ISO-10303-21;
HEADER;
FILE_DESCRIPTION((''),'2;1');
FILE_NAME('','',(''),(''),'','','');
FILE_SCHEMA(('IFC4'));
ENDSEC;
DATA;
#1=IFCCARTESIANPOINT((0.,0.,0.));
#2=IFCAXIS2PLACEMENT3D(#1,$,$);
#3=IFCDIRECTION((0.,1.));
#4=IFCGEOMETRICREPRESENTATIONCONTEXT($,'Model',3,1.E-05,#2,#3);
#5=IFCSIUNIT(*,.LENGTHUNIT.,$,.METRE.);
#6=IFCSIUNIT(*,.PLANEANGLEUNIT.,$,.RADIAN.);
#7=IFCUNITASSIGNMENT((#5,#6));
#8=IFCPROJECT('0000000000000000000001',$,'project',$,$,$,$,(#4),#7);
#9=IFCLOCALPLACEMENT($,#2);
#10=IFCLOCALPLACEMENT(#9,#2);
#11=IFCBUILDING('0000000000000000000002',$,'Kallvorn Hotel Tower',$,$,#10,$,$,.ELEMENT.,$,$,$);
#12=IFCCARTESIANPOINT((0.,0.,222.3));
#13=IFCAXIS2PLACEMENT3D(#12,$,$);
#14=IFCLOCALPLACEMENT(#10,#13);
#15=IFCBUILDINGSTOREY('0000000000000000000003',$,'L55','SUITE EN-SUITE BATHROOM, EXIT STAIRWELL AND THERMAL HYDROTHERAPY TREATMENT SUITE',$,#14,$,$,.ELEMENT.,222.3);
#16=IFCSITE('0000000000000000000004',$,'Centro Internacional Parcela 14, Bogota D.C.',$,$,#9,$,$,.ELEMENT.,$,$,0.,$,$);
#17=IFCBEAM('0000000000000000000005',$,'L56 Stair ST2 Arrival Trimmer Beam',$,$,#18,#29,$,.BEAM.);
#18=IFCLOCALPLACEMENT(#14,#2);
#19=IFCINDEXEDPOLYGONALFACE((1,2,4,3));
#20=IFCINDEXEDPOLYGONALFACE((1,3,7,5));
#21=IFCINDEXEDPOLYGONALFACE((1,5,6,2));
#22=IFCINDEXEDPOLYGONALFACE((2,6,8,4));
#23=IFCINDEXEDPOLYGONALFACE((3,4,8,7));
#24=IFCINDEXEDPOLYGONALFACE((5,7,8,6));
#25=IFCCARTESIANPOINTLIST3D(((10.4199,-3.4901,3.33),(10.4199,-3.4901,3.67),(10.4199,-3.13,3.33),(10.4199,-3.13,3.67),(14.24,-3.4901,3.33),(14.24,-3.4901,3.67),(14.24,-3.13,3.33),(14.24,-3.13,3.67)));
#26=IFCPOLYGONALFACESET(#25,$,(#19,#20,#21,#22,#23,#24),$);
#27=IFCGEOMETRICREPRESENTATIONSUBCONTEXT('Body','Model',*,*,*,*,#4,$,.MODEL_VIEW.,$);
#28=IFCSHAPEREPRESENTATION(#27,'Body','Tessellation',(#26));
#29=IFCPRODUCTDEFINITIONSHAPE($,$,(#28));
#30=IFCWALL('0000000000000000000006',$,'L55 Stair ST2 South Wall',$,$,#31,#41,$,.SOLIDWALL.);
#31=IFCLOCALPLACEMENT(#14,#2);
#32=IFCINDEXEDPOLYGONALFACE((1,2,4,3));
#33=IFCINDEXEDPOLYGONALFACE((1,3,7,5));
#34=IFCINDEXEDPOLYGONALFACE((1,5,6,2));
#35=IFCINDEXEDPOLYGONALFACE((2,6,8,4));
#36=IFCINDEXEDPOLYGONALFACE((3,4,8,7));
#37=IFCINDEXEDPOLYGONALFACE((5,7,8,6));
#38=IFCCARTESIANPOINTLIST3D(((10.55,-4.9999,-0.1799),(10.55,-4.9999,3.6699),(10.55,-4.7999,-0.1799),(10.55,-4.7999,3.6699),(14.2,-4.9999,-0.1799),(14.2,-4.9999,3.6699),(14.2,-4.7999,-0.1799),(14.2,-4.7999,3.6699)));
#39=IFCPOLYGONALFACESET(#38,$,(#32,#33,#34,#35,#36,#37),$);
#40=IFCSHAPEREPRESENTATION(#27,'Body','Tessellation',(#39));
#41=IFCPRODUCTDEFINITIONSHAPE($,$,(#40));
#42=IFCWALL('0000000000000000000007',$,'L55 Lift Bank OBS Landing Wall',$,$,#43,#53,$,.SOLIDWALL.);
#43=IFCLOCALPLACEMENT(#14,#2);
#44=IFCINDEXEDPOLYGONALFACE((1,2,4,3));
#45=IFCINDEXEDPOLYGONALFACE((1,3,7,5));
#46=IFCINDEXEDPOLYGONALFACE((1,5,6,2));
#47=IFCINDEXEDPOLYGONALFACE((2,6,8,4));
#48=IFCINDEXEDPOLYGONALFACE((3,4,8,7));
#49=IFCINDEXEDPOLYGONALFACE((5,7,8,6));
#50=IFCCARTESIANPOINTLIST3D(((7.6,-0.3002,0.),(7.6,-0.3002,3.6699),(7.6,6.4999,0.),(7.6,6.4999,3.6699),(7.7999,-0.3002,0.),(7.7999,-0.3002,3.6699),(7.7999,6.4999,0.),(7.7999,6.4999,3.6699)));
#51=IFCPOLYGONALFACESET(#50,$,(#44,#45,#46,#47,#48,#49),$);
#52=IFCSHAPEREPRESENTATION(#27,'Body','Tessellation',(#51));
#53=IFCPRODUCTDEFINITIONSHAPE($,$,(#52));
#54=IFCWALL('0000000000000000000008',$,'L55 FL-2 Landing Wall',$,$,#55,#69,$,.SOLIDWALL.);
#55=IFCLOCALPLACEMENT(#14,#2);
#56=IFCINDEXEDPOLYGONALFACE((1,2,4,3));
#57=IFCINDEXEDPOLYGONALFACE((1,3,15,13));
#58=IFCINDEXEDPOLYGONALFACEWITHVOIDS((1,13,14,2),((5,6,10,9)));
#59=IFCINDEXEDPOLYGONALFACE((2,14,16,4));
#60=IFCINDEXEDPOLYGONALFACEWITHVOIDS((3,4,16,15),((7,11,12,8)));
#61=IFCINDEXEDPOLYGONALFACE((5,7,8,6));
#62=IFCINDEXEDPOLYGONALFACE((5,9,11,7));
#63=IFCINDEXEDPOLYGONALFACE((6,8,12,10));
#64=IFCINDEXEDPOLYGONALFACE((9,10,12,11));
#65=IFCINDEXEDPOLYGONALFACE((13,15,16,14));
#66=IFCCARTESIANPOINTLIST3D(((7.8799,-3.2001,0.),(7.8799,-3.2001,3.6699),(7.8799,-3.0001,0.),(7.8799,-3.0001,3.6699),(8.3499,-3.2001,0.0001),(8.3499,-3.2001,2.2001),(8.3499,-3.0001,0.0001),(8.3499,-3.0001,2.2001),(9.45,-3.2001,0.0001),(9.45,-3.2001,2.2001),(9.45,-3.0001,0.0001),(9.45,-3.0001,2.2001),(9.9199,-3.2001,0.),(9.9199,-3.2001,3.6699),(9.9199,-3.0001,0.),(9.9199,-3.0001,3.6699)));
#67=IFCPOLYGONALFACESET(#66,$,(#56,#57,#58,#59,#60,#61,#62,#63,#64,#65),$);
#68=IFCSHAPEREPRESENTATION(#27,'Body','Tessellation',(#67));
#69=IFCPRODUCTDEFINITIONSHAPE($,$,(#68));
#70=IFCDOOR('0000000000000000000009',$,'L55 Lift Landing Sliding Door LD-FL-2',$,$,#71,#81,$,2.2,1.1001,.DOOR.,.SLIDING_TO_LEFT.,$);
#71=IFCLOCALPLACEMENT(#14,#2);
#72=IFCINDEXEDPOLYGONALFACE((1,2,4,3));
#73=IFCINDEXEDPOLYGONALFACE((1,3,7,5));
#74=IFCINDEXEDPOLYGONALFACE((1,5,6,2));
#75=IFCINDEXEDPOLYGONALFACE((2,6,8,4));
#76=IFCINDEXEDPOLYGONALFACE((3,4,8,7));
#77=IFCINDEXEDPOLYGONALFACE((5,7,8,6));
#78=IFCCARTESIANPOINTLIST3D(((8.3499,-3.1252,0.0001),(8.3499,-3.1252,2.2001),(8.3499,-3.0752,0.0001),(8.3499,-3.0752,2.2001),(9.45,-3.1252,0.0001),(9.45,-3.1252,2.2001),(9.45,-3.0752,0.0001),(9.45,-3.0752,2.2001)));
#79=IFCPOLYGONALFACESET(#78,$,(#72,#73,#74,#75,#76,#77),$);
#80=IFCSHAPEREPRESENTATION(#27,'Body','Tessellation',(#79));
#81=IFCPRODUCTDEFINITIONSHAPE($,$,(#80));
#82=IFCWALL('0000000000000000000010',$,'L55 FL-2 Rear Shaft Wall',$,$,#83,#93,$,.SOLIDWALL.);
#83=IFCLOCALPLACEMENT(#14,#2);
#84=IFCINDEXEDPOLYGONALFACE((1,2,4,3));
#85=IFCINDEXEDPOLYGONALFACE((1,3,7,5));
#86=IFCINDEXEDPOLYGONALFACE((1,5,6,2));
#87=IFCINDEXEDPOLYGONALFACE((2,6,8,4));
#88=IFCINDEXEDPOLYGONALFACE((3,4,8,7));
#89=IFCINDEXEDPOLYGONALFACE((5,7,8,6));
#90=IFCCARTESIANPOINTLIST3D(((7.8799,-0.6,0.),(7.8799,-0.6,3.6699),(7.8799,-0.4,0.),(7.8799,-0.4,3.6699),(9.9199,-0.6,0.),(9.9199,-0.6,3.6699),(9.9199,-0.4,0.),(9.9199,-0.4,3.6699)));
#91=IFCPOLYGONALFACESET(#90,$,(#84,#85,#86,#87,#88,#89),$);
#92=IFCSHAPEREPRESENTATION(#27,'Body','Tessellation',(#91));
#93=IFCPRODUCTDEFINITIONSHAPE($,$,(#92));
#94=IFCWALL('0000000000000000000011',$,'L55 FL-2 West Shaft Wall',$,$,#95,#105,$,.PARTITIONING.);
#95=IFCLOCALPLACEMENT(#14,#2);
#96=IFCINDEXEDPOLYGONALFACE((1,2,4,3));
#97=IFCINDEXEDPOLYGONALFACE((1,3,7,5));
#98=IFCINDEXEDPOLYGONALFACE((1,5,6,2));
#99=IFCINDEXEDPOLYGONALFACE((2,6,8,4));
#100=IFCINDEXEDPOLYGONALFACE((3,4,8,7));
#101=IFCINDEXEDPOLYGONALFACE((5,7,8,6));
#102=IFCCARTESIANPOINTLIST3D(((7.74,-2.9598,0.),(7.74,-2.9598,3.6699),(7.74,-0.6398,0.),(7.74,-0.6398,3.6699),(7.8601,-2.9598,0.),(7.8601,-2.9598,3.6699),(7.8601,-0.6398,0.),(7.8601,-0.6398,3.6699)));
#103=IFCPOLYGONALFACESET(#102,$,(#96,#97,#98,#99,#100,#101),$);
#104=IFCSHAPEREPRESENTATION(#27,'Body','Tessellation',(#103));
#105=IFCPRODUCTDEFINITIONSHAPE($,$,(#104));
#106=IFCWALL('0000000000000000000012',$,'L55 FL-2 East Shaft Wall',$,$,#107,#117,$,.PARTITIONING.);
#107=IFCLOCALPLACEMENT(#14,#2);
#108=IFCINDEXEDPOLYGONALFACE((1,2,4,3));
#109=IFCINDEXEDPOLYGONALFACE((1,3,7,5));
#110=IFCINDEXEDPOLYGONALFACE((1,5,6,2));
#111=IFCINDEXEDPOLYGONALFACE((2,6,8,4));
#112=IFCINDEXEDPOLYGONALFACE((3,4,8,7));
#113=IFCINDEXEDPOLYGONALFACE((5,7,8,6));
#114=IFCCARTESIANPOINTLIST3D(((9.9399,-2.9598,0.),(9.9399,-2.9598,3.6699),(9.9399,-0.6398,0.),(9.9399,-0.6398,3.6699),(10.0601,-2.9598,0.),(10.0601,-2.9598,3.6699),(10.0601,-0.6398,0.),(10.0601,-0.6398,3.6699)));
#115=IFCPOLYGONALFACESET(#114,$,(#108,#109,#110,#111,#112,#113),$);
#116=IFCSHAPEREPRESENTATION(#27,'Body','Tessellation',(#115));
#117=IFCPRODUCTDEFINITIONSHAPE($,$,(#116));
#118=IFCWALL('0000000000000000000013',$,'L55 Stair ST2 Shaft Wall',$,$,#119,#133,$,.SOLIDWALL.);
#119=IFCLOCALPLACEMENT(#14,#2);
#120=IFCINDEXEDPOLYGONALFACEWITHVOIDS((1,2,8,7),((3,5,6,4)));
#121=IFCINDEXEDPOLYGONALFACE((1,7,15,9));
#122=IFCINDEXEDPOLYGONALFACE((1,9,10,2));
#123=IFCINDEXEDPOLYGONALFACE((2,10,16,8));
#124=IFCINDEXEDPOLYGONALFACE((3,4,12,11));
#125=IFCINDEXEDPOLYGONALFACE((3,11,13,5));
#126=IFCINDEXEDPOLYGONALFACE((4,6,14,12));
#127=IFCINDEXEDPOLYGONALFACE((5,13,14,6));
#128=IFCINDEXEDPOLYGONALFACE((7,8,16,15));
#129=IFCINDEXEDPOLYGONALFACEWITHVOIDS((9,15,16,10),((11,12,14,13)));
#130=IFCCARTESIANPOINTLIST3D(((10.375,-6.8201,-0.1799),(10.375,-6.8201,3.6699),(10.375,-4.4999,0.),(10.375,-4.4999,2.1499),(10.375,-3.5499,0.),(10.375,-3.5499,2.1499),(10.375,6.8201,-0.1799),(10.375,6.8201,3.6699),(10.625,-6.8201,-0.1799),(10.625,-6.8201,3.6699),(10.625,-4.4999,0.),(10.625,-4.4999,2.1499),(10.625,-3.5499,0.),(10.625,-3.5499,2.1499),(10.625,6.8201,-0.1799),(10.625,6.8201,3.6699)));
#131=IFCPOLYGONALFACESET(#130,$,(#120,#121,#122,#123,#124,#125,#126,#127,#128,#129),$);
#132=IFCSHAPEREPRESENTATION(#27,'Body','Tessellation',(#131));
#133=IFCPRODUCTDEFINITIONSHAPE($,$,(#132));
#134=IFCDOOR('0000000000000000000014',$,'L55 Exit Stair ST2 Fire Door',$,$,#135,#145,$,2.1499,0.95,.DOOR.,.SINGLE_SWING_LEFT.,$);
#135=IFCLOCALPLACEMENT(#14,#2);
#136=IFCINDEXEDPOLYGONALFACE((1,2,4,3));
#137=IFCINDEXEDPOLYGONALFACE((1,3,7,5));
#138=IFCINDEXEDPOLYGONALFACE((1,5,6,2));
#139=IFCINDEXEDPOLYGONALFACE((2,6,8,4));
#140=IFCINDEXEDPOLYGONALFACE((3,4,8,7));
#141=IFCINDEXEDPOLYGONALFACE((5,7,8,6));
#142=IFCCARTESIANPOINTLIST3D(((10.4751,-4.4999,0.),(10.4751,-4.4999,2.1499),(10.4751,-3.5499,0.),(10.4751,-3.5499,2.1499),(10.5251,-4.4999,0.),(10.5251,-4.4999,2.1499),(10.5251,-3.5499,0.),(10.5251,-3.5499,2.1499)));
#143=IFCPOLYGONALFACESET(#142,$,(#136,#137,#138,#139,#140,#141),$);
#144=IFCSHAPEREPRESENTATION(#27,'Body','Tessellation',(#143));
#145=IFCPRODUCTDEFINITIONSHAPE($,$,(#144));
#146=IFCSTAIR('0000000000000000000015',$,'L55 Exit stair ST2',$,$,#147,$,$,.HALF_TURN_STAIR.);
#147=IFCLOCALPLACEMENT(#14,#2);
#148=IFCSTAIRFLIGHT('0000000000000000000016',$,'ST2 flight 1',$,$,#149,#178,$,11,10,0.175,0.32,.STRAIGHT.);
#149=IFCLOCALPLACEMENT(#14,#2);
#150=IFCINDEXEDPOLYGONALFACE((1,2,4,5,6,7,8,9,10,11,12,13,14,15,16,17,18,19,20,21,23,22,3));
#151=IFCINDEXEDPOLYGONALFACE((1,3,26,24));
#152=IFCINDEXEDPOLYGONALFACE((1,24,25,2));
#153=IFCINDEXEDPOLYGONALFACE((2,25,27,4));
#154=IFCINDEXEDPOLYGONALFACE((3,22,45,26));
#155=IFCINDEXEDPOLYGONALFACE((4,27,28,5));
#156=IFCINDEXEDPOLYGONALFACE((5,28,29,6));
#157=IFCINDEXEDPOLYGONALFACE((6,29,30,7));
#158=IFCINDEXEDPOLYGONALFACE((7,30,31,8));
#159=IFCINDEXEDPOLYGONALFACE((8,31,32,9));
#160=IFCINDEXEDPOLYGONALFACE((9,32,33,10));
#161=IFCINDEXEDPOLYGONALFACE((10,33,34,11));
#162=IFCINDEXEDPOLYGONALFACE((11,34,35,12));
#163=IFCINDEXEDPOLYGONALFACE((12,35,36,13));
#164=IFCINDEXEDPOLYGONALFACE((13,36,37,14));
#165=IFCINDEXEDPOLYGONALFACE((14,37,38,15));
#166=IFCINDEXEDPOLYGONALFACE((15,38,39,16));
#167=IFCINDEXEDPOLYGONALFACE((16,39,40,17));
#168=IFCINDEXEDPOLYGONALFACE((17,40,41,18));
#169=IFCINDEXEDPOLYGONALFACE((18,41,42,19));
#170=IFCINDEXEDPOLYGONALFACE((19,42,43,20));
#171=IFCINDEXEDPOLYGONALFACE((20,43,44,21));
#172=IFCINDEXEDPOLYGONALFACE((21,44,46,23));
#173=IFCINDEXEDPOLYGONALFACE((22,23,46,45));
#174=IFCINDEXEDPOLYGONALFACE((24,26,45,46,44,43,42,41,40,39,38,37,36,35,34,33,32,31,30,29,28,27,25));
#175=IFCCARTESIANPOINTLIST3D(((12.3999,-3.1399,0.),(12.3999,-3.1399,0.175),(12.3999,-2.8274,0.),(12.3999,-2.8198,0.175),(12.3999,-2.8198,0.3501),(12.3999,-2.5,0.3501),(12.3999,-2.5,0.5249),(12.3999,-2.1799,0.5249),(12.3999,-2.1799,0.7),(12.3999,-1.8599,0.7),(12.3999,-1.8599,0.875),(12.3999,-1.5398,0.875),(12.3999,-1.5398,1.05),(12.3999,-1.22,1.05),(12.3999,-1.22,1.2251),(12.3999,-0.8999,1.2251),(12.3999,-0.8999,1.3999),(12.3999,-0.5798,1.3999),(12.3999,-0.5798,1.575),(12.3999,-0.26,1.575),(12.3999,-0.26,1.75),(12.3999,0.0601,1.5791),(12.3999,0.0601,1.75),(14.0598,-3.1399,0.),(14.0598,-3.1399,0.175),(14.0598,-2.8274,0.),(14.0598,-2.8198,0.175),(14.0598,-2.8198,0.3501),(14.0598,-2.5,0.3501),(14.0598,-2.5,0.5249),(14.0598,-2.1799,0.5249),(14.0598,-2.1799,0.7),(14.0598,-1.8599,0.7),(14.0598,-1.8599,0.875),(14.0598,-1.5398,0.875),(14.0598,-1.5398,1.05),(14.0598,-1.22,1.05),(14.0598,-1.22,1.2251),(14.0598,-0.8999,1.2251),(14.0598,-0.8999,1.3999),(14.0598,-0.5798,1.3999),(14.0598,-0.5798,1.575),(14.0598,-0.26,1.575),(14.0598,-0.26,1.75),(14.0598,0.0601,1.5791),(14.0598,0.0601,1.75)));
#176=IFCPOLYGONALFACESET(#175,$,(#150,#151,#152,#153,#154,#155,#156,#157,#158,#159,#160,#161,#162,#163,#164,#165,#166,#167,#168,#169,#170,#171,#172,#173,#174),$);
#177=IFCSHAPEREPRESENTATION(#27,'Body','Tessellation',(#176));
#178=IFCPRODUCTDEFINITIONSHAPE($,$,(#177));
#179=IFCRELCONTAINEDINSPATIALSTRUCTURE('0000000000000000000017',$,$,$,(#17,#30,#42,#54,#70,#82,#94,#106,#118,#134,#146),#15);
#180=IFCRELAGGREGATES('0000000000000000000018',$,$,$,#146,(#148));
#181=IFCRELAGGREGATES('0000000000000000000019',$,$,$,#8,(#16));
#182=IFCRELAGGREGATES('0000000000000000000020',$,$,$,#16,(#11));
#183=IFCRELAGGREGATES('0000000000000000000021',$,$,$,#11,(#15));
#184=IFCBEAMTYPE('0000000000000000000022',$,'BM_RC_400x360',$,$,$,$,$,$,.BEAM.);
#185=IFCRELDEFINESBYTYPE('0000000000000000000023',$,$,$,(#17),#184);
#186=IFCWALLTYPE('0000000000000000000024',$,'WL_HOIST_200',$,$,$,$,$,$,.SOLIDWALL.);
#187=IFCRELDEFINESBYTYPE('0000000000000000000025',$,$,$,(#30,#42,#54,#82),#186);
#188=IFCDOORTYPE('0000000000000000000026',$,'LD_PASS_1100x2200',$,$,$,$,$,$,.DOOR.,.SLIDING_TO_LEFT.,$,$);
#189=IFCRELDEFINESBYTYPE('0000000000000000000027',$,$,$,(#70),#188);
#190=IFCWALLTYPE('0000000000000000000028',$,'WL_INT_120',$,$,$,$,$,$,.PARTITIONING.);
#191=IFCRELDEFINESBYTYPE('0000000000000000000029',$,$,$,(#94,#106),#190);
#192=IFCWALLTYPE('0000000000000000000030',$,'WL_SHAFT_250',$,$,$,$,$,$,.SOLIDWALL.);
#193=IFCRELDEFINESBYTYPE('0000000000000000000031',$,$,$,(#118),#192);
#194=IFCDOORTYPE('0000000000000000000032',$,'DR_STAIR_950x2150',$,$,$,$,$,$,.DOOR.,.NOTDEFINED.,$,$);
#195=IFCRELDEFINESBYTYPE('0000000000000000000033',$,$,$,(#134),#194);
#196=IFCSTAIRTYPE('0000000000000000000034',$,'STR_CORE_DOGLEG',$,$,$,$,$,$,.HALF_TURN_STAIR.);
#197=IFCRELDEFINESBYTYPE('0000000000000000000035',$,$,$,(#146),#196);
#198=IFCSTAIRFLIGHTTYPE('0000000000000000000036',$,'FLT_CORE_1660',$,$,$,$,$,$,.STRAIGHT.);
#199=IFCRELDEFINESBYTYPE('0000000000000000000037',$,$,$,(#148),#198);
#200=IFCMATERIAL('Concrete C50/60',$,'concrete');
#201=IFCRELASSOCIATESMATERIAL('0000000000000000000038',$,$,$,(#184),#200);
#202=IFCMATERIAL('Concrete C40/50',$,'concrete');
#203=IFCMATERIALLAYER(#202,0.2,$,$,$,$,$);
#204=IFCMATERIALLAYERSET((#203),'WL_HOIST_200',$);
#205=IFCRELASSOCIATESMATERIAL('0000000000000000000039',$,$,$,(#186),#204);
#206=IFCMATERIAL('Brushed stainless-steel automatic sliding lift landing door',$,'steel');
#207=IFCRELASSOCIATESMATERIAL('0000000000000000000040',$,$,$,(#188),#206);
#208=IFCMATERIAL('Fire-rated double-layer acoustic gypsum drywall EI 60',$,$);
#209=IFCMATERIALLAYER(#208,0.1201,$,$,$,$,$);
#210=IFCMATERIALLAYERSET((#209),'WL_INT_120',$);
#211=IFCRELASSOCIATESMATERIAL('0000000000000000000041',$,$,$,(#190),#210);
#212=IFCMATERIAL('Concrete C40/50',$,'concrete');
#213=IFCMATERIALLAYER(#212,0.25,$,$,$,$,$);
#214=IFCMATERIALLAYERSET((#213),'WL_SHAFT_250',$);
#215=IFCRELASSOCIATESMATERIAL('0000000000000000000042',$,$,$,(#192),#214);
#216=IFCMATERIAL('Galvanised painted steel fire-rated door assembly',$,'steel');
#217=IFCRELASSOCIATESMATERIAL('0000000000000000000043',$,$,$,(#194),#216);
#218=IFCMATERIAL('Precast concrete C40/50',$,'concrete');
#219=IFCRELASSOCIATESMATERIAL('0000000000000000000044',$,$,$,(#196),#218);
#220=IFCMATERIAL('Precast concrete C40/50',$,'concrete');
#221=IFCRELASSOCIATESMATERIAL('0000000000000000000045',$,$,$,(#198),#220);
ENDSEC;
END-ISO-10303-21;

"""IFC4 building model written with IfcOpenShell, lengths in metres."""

from ifc_helpers import new_model, si_unit, direction, frame, frame_2d, origin, origin_2d, place, context, subcontext, project, spatial, polyline, rectangle, outline, extrude, material, layer, layer_set, material_profile, profile_set, type_object, element, fill, aggregate, save


model = new_model("IFC4")

# Units and contexts
model_context = context("Model", 3, precision=1e-05, world=origin(), true_north=direction((0.0, 1.0)))
body_context = subcontext(model_context, "Body", "Model", "MODEL_VIEW")
ifc_project = project(units=[si_unit("LENGTHUNIT", "METRE"), si_unit("PLANEANGLEUNIT", "RADIAN")], contexts=[model_context])

# Site, building, storey
site_placement = place(None, origin())
site = spatial("IfcSite", under=ifc_project, at=site_placement, Name="Centro Internacional Parcela 14, Bogota D.C.", CompositionType="ELEMENT", RefElevation=0.0)
building_placement = place(site_placement, origin())
building = spatial("IfcBuilding", under=site, at=building_placement, Name="Kallvorn Hotel Tower", CompositionType="ELEMENT")
storey_placement = place(building_placement, frame((0.0, 0.0, 222.3)))
storey = spatial("IfcBuildingStorey", under=building, at=storey_placement, Name="L55", Description="SUITE EN-SUITE BATHROOM, EXIT STAIRWELL AND THERMAL HYDROTHERAPY TREATMENT SUITE", CompositionType="ELEMENT", Elevation=222.3)

# Beam
ifc_material_1 = material(Name="Concrete C50/60", Category="concrete")
ifc_material_profile = material_profile(ifc_material_1, rectangle(XDim=0.3601, YDim=0.3401, at=origin_2d()), Name="RC 360x340")
ifc_profile_set = profile_set([ifc_material_profile], Name="Concrete C50/60")
beam_type = type_object("IfcBeamType", Name="BM_RC_400x360", PredefinedType="BEAM", material=ifc_profile_set)
beam_placement = place(storey_placement, frame((14.24, -3.3101, 3.5), z_axis=(-1.0, 0.0, 0.0), x_axis=(0.0, -1.0, 0.0)))
element("IfcBeam", 1, at=beam_placement, inside=storey, type_object=beam_type, Name="L56 Stair ST2 Arrival Trimmer Beam", PredefinedType="BEAM", context=body_context, shape_type="SweptSolid", body=[
    extrude(rectangle(XDim=0.3601, YDim=0.3401, at=origin_2d()), origin(), (0.0, 0.0, 1.0), 3.8201),
])

# Walls
ifc_material_2 = material(Name="Concrete C40/50", Category="concrete")
ifc_layer_1 = layer(ifc_material_2, 0.2)
ifc_layer_set_1 = layer_set([ifc_layer_1], Name="WL_HOIST_200")
wall_type_1 = type_object("IfcWallType", Name="WL_HOIST_200", PredefinedType="SOLIDWALL", material=ifc_layer_set_1)
wall_1_placement = place(storey_placement, frame((10.55, -4.8999, -0.1799), z_axis=(0.0, 0.0, 1.0), x_axis=(1.0, 0.0, 0.0)))
element("IfcWall", 2, at=wall_1_placement, inside=storey, type_object=wall_type_1, Name="L55 Stair ST2 South Wall", PredefinedType="SOLIDWALL", context=body_context, shape_type="SweptSolid", body=[
    extrude(rectangle(XDim=3.6499, YDim=0.2, at=frame_2d((1.825, 0.0))), origin(), (0.0, 0.0, 1.0), 3.8499),
])
wall_2_placement = place(storey_placement, frame((7.7, -0.3, 0.0), z_axis=(0.0, 0.0, 1.0), x_axis=(0.0, 1.0, 0.0)))
element("IfcWall", 3, at=wall_2_placement, inside=storey, type_object=wall_type_1, Name="L55 Lift Bank OBS Landing Wall", PredefinedType="SOLIDWALL", context=body_context, shape_type="SweptSolid", body=[
    extrude(rectangle(XDim=6.8, YDim=0.2, at=frame_2d((3.3999, 0.0))), origin(), (0.0, 0.0, 1.0), 3.6699),
])

# Wall, opening, door
wall_3_placement = place(storey_placement, frame((7.8799, -3.1001, 0.0), z_axis=(0.0, 0.0, 1.0), x_axis=(1.0, 0.0, 0.0)))
wall_3 = element("IfcWall", 4, at=wall_3_placement, inside=storey, type_object=wall_type_1, Name="L55 FL-2 Landing Wall", PredefinedType="SOLIDWALL", context=body_context, shape_type="SweptSolid", body=[
    extrude(rectangle(XDim=2.04, YDim=0.2, at=frame_2d((1.02, 0.0))), origin(), (0.0, 0.0, 1.0), 3.6699),
])
opening_1_placement = place(wall_3_placement, frame((0.47, 0.0, 0.0)))
opening_1 = element("IfcOpeningElement", 5, at=opening_1_placement, cuts=wall_3, PredefinedType="OPENING", context=body_context, shape_type="SweptSolid", body=[
    extrude(rectangle(XDim=1.1001, YDim=2.2, at=frame_2d((0.55, 1.1001))), frame((0.0, 0.115, 0.0), z_axis=(0.0, -1.0, 0.0), x_axis=(1.0, 0.0, 0.0)), (0.0, 0.0, 1.0), 0.23),
])
ifc_material_3 = material(Name="Brushed stainless-steel automatic sliding lift landing door", Category="steel")
door_type_1 = type_object("IfcDoorType", Name="LD_PASS_1100x2200", OperationType="SLIDING_TO_LEFT", PredefinedType="DOOR", material=ifc_material_3)
door_1_placement = place(opening_1_placement, origin())
door_1 = element("IfcDoor", 6, at=door_1_placement, inside=storey, type_object=door_type_1, Name="L55 Lift Landing Sliding Door LD-FL-2", OperationType="SLIDING_TO_LEFT", OverallHeight=2.2, OverallWidth=1.1001, PredefinedType="DOOR", context=body_context, shape_type="SweptSolid", body=[
    extrude(rectangle(XDim=1.1001, YDim=2.2, at=frame_2d((0.55, 1.1001))), frame((0.0, 0.0249, 0.0), z_axis=(0.0, -1.0, 0.0), x_axis=(1.0, 0.0, 0.0)), (0.0, 0.0, 1.0), 0.05),
])
fill(opening_1, door_1)

# Walls
wall_4_placement = place(storey_placement, frame((7.8799, -0.5, 0.0), z_axis=(0.0, 0.0, 1.0), x_axis=(1.0, 0.0, 0.0)))
element("IfcWall", 7, at=wall_4_placement, inside=storey, type_object=wall_type_1, Name="L55 FL-2 Rear Shaft Wall", PredefinedType="SOLIDWALL", context=body_context, shape_type="SweptSolid", body=[
    extrude(rectangle(XDim=2.04, YDim=0.2, at=frame_2d((1.02, 0.0))), origin(), (0.0, 0.0, 1.0), 3.6699),
])
ifc_material_4 = material(Name="Fire-rated double-layer acoustic gypsum drywall EI 60")
ifc_layer_2 = layer(ifc_material_4, 0.1201)
ifc_layer_set_2 = layer_set([ifc_layer_2], Name="WL_INT_120")
wall_type_2 = type_object("IfcWallType", Name="WL_INT_120", PredefinedType="PARTITIONING", material=ifc_layer_set_2)
for number, where, z_axis, x_axis, name in (
    (8, (7.8, -2.96, 0.0), (0.0, 0.0, 1.0), (0.0, 1.0, 0.0), "L55 FL-2 West Shaft Wall"),
    (9, (10.0, -2.96, 0.0), (0.0, 0.0, 1.0), (0.0, 1.0, 0.0), "L55 FL-2 East Shaft Wall"),
):
    element("IfcWall", number, at=place(storey_placement, frame(where, z_axis=z_axis, x_axis=x_axis)), inside=storey, type_object=wall_type_2, Name=name, PredefinedType="PARTITIONING", context=body_context, shape_type="SweptSolid", body=[
        extrude(rectangle(XDim=2.3201, YDim=0.1201, at=frame_2d((1.1602, 0.0))), origin(), (0.0, 0.0, 1.0), 3.6699),
    ])

# Wall, opening, door
ifc_material_5 = material(Name="Concrete C40/50", Category="concrete")
ifc_layer_3 = layer(ifc_material_5, 0.25)
ifc_layer_set_3 = layer_set([ifc_layer_3], Name="WL_SHAFT_250")
wall_type_3 = type_object("IfcWallType", Name="WL_SHAFT_250", PredefinedType="SOLIDWALL", material=ifc_layer_set_3)
wall_5_placement = place(storey_placement, frame((10.5, -6.8201, -0.1799), z_axis=(0.0, 0.0, 1.0), x_axis=(0.0, 1.0, 0.0)))
wall_5 = element("IfcWall", 10, at=wall_5_placement, inside=storey, type_object=wall_type_3, Name="L55 Stair ST2 Shaft Wall", PredefinedType="SOLIDWALL", context=body_context, shape_type="SweptSolid", body=[
    extrude(rectangle(XDim=13.6401, YDim=0.25, at=frame_2d((6.8201, 0.0))), origin(), (0.0, 0.0, 1.0), 3.8499),
])
opening_2_placement = place(wall_5_placement, frame((2.3201, 0.0, 0.1799)))
opening_2 = element("IfcOpeningElement", 11, at=opening_2_placement, cuts=wall_5, PredefinedType="OPENING", context=body_context, shape_type="SweptSolid", body=[
    extrude(rectangle(XDim=0.95, YDim=2.1499, at=frame_2d((0.4751, 1.075))), frame((0.0, 0.1399, 0.0), z_axis=(0.0, -1.0, 0.0), x_axis=(1.0, 0.0, 0.0)), (0.0, 0.0, 1.0), 0.28),
])
ifc_material_6 = material(Name="Galvanised painted steel fire-rated door assembly", Category="steel")
door_type_2 = type_object("IfcDoorType", Name="DR_STAIR_950x2150", OperationType="NOTDEFINED", PredefinedType="DOOR", material=ifc_material_6)
door_2_placement = place(opening_2_placement, origin())
door_2 = element("IfcDoor", 12, at=door_2_placement, inside=storey, type_object=door_type_2, Name="L55 Exit Stair ST2 Fire Door", OperationType="SINGLE_SWING_LEFT", OverallHeight=2.1499, OverallWidth=0.95, PredefinedType="DOOR", context=body_context, shape_type="SweptSolid", body=[
    extrude(rectangle(XDim=0.95, YDim=2.1499, at=frame_2d((0.4751, 1.075))), frame((0.0, 0.0249, 0.0), z_axis=(0.0, -1.0, 0.0), x_axis=(1.0, 0.0, 0.0)), (0.0, 0.0, 1.0), 0.05),
])
fill(opening_2, door_2)

# Stair, stair flight
ifc_material_7 = material(Name="Precast concrete C40/50", Category="concrete")
stair_type = type_object("IfcStairType", Name="STR_CORE_DOGLEG", PredefinedType="HALF_TURN_STAIR", material=ifc_material_7)
stair_placement = place(storey_placement, origin())
stair = element("IfcStair", 13, at=stair_placement, inside=storey, type_object=stair_type, Name="L55 Exit stair ST2", PredefinedType="HALF_TURN_STAIR")
ifc_material_8 = material(Name="Precast concrete C40/50", Category="concrete")
stair_flight_type = type_object("IfcStairFlightType", Name="FLT_CORE_1660", PredefinedType="STRAIGHT", material=ifc_material_8)
stair_flight_1_placement = place(storey_placement, frame((13.23, -3.1399, 0.0), z_axis=(0.0, 0.0, 1.0), x_axis=(0.0, 1.0, 0.0)))
stair_flight_1 = element("IfcStairFlight", 14, at=stair_flight_1_placement, type_object=stair_flight_type, Name="ST2 flight 1", NumberOfRisers=11, NumberOfTreads=10, PredefinedType="STRAIGHT", RiserHeight=0.175, TreadLength=0.32, context=body_context, shape_type="SweptSolid", body=[
    extrude(outline(polyline([(0.0, 0.0), (0.0, 0.175), (0.3201, 0.175), (0.3201, 0.3501), (0.6399, 0.3501), (0.6399, 0.5249), (0.96, 0.5249), (0.96, 0.7), (1.28, 0.7), (1.28, 0.875), (1.6001, 0.875), (1.6001, 1.05), (1.9199, 1.05), (1.9199, 1.2251), (2.24, 1.2251), (2.24, 1.3999), (2.5601, 1.3999), (2.5601, 1.575), (2.8799, 1.575), (2.8799, 1.75), (3.2, 1.75), (3.2, 1.925), (3.2, 1.5791), (0.3125, 0.0), (0.0, 0.0)])), frame((0.0, 0.8301, 0.0), z_axis=(0.0, -1.0, 0.0), x_axis=(1.0, 0.0, 0.0)), (0.0, 0.0, 1.0), 1.6599),
])
aggregate(stair, [stair_flight_1])

save(model, "model.ifc")
